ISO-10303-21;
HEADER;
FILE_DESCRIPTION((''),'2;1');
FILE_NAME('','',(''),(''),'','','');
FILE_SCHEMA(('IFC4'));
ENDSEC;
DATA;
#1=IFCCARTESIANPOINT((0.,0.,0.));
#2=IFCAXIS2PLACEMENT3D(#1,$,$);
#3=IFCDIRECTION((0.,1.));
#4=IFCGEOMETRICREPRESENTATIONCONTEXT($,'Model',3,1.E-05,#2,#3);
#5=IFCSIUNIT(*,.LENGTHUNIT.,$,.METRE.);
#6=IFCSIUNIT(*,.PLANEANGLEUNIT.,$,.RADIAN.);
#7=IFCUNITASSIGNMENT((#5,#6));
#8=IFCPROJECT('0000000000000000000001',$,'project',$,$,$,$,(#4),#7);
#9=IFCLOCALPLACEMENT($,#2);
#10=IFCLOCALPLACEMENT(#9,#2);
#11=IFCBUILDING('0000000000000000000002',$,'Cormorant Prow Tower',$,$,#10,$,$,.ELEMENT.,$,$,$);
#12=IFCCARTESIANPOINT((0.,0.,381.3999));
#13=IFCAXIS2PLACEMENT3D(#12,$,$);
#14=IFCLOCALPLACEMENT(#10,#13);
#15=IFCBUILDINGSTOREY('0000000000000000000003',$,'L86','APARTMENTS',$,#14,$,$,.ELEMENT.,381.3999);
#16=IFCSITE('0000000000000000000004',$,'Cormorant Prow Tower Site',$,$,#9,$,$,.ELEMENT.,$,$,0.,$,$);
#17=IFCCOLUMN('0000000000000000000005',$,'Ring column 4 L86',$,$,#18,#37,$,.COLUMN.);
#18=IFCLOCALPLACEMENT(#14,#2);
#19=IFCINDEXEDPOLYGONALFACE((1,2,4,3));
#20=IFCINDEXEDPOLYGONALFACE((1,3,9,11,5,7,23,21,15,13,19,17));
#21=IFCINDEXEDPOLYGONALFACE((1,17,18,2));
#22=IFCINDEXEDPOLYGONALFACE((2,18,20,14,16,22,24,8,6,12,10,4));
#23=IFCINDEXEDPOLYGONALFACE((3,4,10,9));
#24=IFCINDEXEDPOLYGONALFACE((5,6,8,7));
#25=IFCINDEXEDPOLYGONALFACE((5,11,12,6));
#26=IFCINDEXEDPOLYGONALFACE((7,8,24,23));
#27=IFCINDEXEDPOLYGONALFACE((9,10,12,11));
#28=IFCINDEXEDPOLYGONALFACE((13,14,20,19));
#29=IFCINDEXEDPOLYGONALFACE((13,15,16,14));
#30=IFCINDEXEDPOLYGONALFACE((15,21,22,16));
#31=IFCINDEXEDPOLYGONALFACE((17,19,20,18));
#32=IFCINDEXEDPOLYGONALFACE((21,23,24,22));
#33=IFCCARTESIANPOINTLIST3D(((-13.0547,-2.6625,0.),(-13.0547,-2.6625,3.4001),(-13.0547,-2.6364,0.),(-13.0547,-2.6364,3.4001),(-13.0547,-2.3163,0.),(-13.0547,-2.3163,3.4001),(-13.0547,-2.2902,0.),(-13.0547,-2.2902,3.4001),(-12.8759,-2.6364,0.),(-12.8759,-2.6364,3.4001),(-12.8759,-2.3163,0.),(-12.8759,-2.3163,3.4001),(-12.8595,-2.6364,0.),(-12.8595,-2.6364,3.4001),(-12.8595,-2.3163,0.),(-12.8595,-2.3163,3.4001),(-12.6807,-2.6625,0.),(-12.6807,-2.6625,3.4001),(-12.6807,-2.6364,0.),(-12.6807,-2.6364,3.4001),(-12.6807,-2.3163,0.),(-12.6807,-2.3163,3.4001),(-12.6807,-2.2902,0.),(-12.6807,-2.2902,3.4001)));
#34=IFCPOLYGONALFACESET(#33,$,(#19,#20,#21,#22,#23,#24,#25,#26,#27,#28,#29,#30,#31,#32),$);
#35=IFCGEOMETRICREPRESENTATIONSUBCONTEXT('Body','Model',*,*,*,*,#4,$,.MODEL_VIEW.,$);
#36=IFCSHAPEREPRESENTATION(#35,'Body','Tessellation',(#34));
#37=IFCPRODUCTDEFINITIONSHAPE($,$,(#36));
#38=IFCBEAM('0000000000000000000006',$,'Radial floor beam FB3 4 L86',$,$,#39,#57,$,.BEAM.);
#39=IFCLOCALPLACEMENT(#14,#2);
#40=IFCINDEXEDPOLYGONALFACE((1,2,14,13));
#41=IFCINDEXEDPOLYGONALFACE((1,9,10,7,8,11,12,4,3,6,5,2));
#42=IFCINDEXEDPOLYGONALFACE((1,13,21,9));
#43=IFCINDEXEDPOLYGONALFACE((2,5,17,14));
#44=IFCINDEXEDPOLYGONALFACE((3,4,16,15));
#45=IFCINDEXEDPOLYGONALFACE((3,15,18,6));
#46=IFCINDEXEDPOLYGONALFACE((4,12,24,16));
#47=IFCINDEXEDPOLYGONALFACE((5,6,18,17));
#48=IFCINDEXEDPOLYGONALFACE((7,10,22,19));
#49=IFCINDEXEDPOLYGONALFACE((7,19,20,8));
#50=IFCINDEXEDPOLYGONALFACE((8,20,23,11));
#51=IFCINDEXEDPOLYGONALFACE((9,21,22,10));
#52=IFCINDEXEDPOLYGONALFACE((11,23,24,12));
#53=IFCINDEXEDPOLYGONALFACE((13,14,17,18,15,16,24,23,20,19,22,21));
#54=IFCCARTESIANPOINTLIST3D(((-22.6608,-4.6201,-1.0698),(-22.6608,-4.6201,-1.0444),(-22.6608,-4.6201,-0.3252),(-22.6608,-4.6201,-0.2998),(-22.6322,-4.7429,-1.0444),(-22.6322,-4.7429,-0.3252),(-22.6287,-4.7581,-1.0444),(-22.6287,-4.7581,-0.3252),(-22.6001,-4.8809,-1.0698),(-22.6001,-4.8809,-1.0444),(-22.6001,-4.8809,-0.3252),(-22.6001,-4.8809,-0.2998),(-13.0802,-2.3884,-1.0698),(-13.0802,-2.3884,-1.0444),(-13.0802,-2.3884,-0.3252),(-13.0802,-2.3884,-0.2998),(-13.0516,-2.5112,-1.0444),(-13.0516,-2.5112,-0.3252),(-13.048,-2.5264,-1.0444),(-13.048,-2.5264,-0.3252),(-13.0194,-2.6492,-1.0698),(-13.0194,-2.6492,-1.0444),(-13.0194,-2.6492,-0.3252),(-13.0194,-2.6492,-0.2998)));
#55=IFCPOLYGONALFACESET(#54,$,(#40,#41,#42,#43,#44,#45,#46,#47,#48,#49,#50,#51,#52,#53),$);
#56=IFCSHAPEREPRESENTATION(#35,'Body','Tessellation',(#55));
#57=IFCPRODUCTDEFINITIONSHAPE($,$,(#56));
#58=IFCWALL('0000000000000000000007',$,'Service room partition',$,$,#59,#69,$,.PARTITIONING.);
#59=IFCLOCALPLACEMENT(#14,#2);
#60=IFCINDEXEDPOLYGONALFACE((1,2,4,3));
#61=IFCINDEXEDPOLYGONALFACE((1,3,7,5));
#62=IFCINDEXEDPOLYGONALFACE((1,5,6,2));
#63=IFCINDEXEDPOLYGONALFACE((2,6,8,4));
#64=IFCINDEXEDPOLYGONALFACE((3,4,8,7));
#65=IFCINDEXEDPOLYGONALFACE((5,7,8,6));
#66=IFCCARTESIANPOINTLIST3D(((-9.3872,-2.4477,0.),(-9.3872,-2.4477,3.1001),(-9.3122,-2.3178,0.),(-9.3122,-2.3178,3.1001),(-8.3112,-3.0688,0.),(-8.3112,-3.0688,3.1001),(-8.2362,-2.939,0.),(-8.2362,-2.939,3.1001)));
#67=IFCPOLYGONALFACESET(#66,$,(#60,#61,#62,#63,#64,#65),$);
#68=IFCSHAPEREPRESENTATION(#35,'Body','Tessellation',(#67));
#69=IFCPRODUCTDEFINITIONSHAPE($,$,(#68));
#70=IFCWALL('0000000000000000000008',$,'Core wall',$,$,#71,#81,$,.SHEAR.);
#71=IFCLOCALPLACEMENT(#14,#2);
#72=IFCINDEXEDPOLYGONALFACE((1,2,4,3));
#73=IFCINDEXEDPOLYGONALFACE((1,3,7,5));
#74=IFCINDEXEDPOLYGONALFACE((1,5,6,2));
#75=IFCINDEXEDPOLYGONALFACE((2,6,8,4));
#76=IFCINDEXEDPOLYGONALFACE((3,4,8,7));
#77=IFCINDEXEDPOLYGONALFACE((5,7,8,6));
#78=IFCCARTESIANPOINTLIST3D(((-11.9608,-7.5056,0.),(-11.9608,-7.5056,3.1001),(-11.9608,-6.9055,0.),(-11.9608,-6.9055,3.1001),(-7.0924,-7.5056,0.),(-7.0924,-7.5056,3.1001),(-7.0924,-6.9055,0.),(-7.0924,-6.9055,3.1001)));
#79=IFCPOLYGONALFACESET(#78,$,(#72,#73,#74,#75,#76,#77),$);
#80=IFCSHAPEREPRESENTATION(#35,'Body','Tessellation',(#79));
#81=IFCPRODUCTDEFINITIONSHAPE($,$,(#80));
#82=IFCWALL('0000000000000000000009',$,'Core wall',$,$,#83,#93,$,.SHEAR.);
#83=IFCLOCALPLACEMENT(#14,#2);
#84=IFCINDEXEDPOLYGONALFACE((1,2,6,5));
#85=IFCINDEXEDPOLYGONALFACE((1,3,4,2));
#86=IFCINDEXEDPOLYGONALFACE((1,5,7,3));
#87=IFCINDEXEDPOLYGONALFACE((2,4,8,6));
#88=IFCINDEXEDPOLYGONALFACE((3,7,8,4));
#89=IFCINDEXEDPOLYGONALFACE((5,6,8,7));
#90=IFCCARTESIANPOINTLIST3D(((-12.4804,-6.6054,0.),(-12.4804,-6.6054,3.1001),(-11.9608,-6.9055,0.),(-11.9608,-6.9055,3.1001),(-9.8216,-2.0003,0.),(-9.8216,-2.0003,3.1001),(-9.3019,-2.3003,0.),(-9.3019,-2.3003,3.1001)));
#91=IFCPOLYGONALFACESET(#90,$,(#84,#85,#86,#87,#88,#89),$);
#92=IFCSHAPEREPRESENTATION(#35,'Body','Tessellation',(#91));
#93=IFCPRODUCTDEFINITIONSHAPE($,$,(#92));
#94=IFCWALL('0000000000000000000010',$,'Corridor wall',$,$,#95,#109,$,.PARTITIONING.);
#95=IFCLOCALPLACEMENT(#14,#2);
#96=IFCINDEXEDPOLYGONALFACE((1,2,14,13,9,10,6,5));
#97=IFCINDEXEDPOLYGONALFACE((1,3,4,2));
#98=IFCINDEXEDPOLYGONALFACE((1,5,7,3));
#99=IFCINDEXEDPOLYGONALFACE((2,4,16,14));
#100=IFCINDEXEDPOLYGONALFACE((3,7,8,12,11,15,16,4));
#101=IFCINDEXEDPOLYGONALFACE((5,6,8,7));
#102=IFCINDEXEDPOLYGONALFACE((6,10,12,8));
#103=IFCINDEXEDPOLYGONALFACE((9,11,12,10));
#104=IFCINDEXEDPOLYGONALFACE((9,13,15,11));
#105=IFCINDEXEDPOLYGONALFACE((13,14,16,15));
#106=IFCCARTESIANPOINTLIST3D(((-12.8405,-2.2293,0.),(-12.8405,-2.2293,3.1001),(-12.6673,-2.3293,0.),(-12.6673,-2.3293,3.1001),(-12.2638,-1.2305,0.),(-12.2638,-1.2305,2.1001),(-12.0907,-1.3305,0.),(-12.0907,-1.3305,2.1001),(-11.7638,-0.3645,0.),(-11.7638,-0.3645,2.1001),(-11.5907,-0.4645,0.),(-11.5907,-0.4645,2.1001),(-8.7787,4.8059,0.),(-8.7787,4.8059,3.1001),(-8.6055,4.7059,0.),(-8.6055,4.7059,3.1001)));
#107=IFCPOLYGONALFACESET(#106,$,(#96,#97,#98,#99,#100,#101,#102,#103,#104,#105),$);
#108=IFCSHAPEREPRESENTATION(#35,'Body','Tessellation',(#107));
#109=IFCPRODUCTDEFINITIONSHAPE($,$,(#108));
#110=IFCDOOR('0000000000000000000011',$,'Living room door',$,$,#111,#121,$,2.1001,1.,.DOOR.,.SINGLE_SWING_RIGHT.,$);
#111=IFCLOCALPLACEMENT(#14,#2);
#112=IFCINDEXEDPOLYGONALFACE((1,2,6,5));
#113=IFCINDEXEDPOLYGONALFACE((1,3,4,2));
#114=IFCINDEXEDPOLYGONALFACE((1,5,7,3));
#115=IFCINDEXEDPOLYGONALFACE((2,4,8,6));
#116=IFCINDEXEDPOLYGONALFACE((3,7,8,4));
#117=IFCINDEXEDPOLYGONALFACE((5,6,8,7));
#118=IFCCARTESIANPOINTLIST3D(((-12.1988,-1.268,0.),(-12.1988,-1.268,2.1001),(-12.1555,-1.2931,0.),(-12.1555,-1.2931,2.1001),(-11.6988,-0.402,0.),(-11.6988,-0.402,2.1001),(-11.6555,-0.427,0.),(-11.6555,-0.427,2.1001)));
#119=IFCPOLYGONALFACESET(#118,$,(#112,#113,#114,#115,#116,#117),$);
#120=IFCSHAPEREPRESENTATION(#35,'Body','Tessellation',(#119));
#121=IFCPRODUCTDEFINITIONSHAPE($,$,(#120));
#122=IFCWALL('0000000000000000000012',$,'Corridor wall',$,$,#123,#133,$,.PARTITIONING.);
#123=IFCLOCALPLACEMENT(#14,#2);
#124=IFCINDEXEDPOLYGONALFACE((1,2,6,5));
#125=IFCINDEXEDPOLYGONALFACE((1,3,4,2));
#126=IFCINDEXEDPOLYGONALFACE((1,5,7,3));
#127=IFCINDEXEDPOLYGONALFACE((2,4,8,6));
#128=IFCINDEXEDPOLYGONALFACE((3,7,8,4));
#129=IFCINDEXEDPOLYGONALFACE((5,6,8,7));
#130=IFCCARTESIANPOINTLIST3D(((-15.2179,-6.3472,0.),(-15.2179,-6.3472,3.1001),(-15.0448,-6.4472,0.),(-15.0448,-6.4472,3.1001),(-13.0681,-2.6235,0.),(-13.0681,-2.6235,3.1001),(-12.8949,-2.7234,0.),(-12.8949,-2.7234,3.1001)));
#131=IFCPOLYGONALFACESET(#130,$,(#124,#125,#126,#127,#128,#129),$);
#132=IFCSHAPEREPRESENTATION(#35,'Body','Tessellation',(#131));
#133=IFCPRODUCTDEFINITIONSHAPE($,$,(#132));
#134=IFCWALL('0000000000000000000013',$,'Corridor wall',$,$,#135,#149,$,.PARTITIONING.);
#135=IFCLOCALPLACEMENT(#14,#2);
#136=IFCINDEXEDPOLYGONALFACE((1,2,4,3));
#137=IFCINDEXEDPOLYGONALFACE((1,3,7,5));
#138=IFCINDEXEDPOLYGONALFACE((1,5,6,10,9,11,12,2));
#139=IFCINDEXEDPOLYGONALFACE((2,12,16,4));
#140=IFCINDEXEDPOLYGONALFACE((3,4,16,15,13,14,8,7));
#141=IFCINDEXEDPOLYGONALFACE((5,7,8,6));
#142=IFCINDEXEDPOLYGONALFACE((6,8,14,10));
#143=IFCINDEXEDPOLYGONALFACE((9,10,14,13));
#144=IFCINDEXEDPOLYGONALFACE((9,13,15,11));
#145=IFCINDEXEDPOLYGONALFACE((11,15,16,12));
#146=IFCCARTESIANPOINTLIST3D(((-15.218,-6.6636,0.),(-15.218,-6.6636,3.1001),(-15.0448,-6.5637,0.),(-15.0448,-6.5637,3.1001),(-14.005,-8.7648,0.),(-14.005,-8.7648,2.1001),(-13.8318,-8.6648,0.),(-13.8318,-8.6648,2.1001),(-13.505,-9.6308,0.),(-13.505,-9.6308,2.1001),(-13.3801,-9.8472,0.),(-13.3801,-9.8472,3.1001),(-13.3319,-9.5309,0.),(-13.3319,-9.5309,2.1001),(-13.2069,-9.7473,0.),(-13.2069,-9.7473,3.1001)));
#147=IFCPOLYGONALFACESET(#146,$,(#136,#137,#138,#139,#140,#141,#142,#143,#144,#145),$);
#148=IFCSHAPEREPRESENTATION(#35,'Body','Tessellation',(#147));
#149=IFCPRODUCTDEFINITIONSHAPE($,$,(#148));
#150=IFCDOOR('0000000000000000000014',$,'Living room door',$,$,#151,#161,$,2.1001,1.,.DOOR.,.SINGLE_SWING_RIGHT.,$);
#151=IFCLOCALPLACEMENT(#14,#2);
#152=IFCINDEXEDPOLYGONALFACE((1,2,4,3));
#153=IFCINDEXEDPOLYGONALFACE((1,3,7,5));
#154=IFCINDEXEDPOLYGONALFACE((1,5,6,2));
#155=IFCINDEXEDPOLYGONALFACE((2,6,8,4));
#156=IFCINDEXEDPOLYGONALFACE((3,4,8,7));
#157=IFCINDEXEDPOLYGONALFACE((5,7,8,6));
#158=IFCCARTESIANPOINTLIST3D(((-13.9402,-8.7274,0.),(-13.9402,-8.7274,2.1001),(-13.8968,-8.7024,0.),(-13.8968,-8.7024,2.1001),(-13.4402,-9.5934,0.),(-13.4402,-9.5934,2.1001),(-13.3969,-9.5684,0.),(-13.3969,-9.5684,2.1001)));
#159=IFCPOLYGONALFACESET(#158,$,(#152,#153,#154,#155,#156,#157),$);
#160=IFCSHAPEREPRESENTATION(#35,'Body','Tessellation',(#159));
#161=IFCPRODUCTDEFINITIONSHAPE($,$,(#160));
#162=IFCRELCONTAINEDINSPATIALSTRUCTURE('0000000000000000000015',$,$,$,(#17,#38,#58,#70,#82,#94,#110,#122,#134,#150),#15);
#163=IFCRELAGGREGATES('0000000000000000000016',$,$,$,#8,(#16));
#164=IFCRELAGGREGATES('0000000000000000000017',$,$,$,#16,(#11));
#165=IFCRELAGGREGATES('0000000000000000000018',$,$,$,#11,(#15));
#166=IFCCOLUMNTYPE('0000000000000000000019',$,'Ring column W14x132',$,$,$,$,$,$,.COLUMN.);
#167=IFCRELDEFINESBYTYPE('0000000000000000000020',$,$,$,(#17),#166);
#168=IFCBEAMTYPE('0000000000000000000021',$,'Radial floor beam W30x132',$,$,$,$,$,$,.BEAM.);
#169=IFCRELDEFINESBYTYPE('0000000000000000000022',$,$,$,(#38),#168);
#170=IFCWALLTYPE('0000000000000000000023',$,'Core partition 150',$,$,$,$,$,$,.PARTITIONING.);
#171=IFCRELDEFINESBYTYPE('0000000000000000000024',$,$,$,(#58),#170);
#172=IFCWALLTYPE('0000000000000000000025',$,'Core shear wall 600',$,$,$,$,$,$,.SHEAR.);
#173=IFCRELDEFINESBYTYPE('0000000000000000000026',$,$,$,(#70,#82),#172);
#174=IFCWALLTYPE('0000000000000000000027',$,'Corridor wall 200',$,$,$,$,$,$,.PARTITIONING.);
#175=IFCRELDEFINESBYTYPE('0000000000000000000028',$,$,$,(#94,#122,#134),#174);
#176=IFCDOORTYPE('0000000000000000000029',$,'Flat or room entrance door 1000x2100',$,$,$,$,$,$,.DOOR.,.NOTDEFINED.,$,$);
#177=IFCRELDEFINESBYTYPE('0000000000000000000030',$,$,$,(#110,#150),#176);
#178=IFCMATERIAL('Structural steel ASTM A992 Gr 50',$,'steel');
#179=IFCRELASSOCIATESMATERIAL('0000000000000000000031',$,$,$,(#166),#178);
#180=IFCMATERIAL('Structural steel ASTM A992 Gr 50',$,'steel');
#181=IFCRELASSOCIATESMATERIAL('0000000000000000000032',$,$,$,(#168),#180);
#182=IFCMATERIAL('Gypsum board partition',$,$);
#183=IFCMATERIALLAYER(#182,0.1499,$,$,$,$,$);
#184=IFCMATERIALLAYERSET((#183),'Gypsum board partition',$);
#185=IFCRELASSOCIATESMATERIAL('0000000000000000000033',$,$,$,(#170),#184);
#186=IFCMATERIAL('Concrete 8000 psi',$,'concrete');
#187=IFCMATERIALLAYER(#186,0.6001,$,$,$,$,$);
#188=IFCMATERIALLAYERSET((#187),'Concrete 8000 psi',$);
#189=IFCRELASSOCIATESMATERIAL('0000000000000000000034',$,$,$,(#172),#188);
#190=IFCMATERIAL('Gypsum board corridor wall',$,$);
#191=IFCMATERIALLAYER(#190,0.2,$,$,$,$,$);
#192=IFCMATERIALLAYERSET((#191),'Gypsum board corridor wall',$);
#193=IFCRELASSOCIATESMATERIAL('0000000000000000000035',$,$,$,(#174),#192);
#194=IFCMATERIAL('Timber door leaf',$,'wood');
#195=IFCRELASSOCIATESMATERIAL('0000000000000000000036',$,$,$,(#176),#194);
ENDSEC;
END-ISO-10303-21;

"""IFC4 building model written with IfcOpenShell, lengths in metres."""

from ifc_helpers import new_model, si_unit, direction, frame, frame_2d, origin, origin_2d, place, context, subcontext, project, spatial, rectangle, i_section, extrude, material, layer, layer_set, material_profile, profile_set, type_object, element, fill, save


model = new_model("IFC4")

# Units and contexts
model_context = context("Model", 3, precision=1e-05, world=origin(), true_north=direction((0.0, 1.0)))
body_context = subcontext(model_context, "Body", "Model", "MODEL_VIEW")
ifc_project = project(units=[si_unit("LENGTHUNIT", "METRE"), si_unit("PLANEANGLEUNIT", "RADIAN")], contexts=[model_context])

# Site, building, storey
site_placement = place(None, origin())
site = spatial("IfcSite", under=ifc_project, at=site_placement, Name="Cormorant Prow Tower Site", CompositionType="ELEMENT", RefElevation=0.0)
building_placement = place(site_placement, origin())
building = spatial("IfcBuilding", under=site, at=building_placement, Name="Cormorant Prow Tower", CompositionType="ELEMENT")
storey_placement = place(building_placement, frame((0.0, 0.0, 381.3999)))
storey = spatial("IfcBuildingStorey", under=building, at=storey_placement, Name="L86", Description="APARTMENTS", CompositionType="ELEMENT", Elevation=381.3999)

# Column
ifc_material_1 = material(Name="Structural steel ASTM A992 Gr 50", Category="steel")
ifc_material_profile_1 = material_profile(ifc_material_1, i_section(OverallWidth=0.374, OverallDepth=0.3723, WebThickness=0.0164, FlangeThickness=0.0261, at=origin_2d()), Name="W14x132")
ifc_profile_set_1 = profile_set([ifc_material_profile_1], Name="Structural steel ASTM A992 Gr 50")
column_type = type_object("IfcColumnType", Name="Ring column W14x132", PredefinedType="COLUMN", material=ifc_profile_set_1)
column_placement = place(storey_placement, frame((-12.8677, -2.4763, 0.0), z_axis=(0.0, 0.0, 1.0), x_axis=(1.0, 0.0, 0.0)))
element("IfcColumn", 1, at=column_placement, inside=storey, type_object=column_type, Name="Ring column 4 L86", PredefinedType="COLUMN", context=body_context, shape_type="SweptSolid", body=[
    extrude(i_section(OverallWidth=0.374, OverallDepth=0.3723, WebThickness=0.0164, FlangeThickness=0.0261, at=origin_2d()), origin(), (0.0, 0.0, 1.0), 3.4001),
])

# Beam
ifc_material_2 = material(Name="Structural steel ASTM A992 Gr 50", Category="steel")
ifc_material_profile_2 = material_profile(ifc_material_2, i_section(OverallWidth=0.2678, OverallDepth=0.77, WebThickness=0.0156, FlangeThickness=0.0254, at=origin_2d()), Name="W30x132")
ifc_profile_set_2 = profile_set([ifc_material_profile_2], Name="Structural steel ASTM A992 Gr 50")
beam_type = type_object("IfcBeamType", Name="Radial floor beam W30x132", PredefinedType="BEAM", material=ifc_profile_set_2)
beam_placement = place(storey_placement, frame((-13.0498, -2.5188, -0.6848), z_axis=(-0.973926, -0.226866, 0.0), x_axis=(0.226866, -0.973926, 0.0)))
element("IfcBeam", 2, at=beam_placement, inside=storey, type_object=beam_type, Name="Radial floor beam FB3 4 L86", PredefinedType="BEAM", context=body_context, shape_type="SweptSolid", body=[
    extrude(i_section(OverallWidth=0.2678, OverallDepth=0.77, WebThickness=0.0156, FlangeThickness=0.0254, at=origin_2d()), origin(), (0.0, 0.0, 1.0), 9.8372),
])

# Walls
ifc_material_3 = material(Name="Gypsum board partition")
ifc_layer_1 = layer(ifc_material_3, 0.1499)
ifc_layer_set_1 = layer_set([ifc_layer_1], Name="Gypsum board partition")
wall_type_1 = type_object("IfcWallType", Name="Core partition 150", PredefinedType="PARTITIONING", material=ifc_layer_set_1)
wall_1_placement = place(storey_placement, frame((-9.3496, -2.3828, 0.0), z_axis=(0.0, 0.0, 1.0), x_axis=(0.866058, -0.499944, 0.0)))
element("IfcWall", 3, at=wall_1_placement, inside=storey, type_object=wall_type_1, Name="Service room partition", PredefinedType="PARTITIONING", context=body_context, shape_type="SweptSolid", body=[
    extrude(rectangle(XDim=1.2424, YDim=0.1499, at=frame_2d((0.6211, 0.0))), origin(), (0.0, 0.0, 1.0), 3.1001),
])
ifc_material_4 = material(Name="Concrete 8000 psi", Category="concrete")
ifc_layer_2 = layer(ifc_material_4, 0.6001)
ifc_layer_set_2 = layer_set([ifc_layer_2], Name="Concrete 8000 psi")
wall_type_2 = type_object("IfcWallType", Name="Core shear wall 600", PredefinedType="SHEAR", material=ifc_layer_set_2)
wall_2_placement = place(storey_placement, frame((-11.9607, -7.2056, 0.0), z_axis=(0.0, 0.0, 1.0), x_axis=(1.0, 0.0, 0.0)))
element("IfcWall", 4, at=wall_2_placement, inside=storey, type_object=wall_type_2, Name="Core wall", PredefinedType="SHEAR", context=body_context, shape_type="SweptSolid", body=[
    extrude(rectangle(XDim=4.8684, YDim=0.6001, at=frame_2d((2.4341, 0.0))), origin(), (0.0, 0.0, 1.0), 3.1001),
])
wall_3_placement = place(storey_placement, frame((-9.5618, -2.1504, 0.0), z_axis=(0.0, 0.0, 1.0), x_axis=(-0.500015, -0.866017, 0.0)))
element("IfcWall", 5, at=wall_3_placement, inside=storey, type_object=wall_type_2, Name="Core wall", PredefinedType="SHEAR", context=body_context, shape_type="SweptSolid", body=[
    extrude(rectangle(XDim=5.3176, YDim=0.6001, at=frame_2d((2.6587, 0.0))), origin(), (0.0, 0.0, 1.0), 3.1001),
])

# Wall, opening, door
ifc_material_5 = material(Name="Gypsum board corridor wall")
ifc_layer_3 = layer(ifc_material_5, 0.2)
ifc_layer_set_3 = layer_set([ifc_layer_3], Name="Gypsum board corridor wall")
wall_type_3 = type_object("IfcWallType", Name="Corridor wall 200", PredefinedType="PARTITIONING", material=ifc_layer_set_3)
wall_4_placement = place(storey_placement, frame((-12.7539, -2.2793, 0.0), z_axis=(0.0, 0.0, 1.0), x_axis=(0.500002, 0.866024, 0.0)))
wall_4 = element("IfcWall", 6, at=wall_4_placement, inside=storey, type_object=wall_type_3, Name="Corridor wall", PredefinedType="PARTITIONING", context=body_context, shape_type="SweptSolid", body=[
    extrude(rectangle(XDim=8.1235, YDim=0.2, at=frame_2d((4.0618, 0.0))), origin(), (0.0, 0.0, 1.0), 3.1001),
])
opening_1_placement = place(wall_4_placement, frame((1.1533, 0.0, 0.0)))
opening_1 = element("IfcOpeningElement", 7, at=opening_1_placement, cuts=wall_4, PredefinedType="OPENING", context=body_context, shape_type="SweptSolid", body=[
    extrude(rectangle(XDim=1.0, YDim=2.1001, at=frame_2d((0.5, 1.05))), frame((0.0, 0.1099, 0.0), z_axis=(0.0, -1.0, 0.0), x_axis=(1.0, 0.0, 0.0)), (0.0, 0.0, 1.0), 0.22),
])
ifc_material_6 = material(Name="Timber door leaf", Category="wood")
door_type_1 = type_object("IfcDoorType", Name="Flat or room entrance door 1000x2100", OperationType="NOTDEFINED", PredefinedType="DOOR", material=ifc_material_6)
door_1_placement = place(opening_1_placement, origin())
door_1 = element("IfcDoor", 8, at=door_1_placement, inside=storey, type_object=door_type_1, Name="Living room door", OperationType="SINGLE_SWING_RIGHT", OverallHeight=2.1001, OverallWidth=1.0, PredefinedType="DOOR", context=body_context, shape_type="SweptSolid", body=[
    extrude(rectangle(XDim=1.0, YDim=2.1001, at=frame_2d((0.5, 1.05))), frame((0.0, 0.0249, 0.0), z_axis=(0.0, -1.0, 0.0), x_axis=(1.0, 0.0, 0.0)), (0.0, 0.0, 1.0), 0.05),
])
fill(opening_1, door_1)

# Wall
wall_5_placement = place(storey_placement, frame((-15.1313, -6.3972, 0.0), z_axis=(0.0, 0.0, 1.0), x_axis=(0.499986, 0.866033, 0.0)))
element("IfcWall", 9, at=wall_5_placement, inside=storey, type_object=wall_type_3, Name="Corridor wall", PredefinedType="PARTITIONING", context=body_context, shape_type="SweptSolid", body=[
    extrude(rectangle(XDim=4.2998, YDim=0.2, at=frame_2d((2.1499, 0.0))), origin(), (0.0, 0.0, 1.0), 3.1001),
])

# Wall, opening, door
wall_6_placement = place(storey_placement, frame((-15.1313, -6.6138, 0.0), z_axis=(0.0, 0.0, 1.0), x_axis=(0.499968, -0.866044, 0.0)))
wall_6 = element("IfcWall", 10, at=wall_6_placement, inside=storey, type_object=wall_type_3, Name="Corridor wall", PredefinedType="PARTITIONING", context=body_context, shape_type="SweptSolid", body=[
    extrude(rectangle(XDim=3.676, YDim=0.2, at=frame_2d((1.8379, 0.0))), origin(), (0.0, 0.0, 1.0), 3.1001),
])
opening_2_placement = place(wall_6_placement, frame((2.426, 0.0, 0.0)))
opening_2 = element("IfcOpeningElement", 11, at=opening_2_placement, cuts=wall_6, PredefinedType="OPENING", context=body_context, shape_type="SweptSolid", body=[
    extrude(rectangle(XDim=1.0, YDim=2.1001, at=frame_2d((0.5, 1.05))), frame((0.0, 0.1099, 0.0), z_axis=(0.0, -1.0, 0.0), x_axis=(1.0, 0.0, 0.0)), (0.0, 0.0, 1.0), 0.22),
])
door_2_placement = place(opening_2_placement, origin())
door_2 = element("IfcDoor", 12, at=door_2_placement, inside=storey, type_object=door_type_1, Name="Living room door", OperationType="SINGLE_SWING_RIGHT", OverallHeight=2.1001, OverallWidth=1.0, PredefinedType="DOOR", context=body_context, shape_type="SweptSolid", body=[
    extrude(rectangle(XDim=1.0, YDim=2.1001, at=frame_2d((0.5, 1.05))), frame((0.0, 0.0249, 0.0), z_axis=(0.0, -1.0, 0.0), x_axis=(1.0, 0.0, 0.0)), (0.0, 0.0, 1.0), 0.05),
])
fill(opening_2, door_2)

save(model, "model.ifc")
